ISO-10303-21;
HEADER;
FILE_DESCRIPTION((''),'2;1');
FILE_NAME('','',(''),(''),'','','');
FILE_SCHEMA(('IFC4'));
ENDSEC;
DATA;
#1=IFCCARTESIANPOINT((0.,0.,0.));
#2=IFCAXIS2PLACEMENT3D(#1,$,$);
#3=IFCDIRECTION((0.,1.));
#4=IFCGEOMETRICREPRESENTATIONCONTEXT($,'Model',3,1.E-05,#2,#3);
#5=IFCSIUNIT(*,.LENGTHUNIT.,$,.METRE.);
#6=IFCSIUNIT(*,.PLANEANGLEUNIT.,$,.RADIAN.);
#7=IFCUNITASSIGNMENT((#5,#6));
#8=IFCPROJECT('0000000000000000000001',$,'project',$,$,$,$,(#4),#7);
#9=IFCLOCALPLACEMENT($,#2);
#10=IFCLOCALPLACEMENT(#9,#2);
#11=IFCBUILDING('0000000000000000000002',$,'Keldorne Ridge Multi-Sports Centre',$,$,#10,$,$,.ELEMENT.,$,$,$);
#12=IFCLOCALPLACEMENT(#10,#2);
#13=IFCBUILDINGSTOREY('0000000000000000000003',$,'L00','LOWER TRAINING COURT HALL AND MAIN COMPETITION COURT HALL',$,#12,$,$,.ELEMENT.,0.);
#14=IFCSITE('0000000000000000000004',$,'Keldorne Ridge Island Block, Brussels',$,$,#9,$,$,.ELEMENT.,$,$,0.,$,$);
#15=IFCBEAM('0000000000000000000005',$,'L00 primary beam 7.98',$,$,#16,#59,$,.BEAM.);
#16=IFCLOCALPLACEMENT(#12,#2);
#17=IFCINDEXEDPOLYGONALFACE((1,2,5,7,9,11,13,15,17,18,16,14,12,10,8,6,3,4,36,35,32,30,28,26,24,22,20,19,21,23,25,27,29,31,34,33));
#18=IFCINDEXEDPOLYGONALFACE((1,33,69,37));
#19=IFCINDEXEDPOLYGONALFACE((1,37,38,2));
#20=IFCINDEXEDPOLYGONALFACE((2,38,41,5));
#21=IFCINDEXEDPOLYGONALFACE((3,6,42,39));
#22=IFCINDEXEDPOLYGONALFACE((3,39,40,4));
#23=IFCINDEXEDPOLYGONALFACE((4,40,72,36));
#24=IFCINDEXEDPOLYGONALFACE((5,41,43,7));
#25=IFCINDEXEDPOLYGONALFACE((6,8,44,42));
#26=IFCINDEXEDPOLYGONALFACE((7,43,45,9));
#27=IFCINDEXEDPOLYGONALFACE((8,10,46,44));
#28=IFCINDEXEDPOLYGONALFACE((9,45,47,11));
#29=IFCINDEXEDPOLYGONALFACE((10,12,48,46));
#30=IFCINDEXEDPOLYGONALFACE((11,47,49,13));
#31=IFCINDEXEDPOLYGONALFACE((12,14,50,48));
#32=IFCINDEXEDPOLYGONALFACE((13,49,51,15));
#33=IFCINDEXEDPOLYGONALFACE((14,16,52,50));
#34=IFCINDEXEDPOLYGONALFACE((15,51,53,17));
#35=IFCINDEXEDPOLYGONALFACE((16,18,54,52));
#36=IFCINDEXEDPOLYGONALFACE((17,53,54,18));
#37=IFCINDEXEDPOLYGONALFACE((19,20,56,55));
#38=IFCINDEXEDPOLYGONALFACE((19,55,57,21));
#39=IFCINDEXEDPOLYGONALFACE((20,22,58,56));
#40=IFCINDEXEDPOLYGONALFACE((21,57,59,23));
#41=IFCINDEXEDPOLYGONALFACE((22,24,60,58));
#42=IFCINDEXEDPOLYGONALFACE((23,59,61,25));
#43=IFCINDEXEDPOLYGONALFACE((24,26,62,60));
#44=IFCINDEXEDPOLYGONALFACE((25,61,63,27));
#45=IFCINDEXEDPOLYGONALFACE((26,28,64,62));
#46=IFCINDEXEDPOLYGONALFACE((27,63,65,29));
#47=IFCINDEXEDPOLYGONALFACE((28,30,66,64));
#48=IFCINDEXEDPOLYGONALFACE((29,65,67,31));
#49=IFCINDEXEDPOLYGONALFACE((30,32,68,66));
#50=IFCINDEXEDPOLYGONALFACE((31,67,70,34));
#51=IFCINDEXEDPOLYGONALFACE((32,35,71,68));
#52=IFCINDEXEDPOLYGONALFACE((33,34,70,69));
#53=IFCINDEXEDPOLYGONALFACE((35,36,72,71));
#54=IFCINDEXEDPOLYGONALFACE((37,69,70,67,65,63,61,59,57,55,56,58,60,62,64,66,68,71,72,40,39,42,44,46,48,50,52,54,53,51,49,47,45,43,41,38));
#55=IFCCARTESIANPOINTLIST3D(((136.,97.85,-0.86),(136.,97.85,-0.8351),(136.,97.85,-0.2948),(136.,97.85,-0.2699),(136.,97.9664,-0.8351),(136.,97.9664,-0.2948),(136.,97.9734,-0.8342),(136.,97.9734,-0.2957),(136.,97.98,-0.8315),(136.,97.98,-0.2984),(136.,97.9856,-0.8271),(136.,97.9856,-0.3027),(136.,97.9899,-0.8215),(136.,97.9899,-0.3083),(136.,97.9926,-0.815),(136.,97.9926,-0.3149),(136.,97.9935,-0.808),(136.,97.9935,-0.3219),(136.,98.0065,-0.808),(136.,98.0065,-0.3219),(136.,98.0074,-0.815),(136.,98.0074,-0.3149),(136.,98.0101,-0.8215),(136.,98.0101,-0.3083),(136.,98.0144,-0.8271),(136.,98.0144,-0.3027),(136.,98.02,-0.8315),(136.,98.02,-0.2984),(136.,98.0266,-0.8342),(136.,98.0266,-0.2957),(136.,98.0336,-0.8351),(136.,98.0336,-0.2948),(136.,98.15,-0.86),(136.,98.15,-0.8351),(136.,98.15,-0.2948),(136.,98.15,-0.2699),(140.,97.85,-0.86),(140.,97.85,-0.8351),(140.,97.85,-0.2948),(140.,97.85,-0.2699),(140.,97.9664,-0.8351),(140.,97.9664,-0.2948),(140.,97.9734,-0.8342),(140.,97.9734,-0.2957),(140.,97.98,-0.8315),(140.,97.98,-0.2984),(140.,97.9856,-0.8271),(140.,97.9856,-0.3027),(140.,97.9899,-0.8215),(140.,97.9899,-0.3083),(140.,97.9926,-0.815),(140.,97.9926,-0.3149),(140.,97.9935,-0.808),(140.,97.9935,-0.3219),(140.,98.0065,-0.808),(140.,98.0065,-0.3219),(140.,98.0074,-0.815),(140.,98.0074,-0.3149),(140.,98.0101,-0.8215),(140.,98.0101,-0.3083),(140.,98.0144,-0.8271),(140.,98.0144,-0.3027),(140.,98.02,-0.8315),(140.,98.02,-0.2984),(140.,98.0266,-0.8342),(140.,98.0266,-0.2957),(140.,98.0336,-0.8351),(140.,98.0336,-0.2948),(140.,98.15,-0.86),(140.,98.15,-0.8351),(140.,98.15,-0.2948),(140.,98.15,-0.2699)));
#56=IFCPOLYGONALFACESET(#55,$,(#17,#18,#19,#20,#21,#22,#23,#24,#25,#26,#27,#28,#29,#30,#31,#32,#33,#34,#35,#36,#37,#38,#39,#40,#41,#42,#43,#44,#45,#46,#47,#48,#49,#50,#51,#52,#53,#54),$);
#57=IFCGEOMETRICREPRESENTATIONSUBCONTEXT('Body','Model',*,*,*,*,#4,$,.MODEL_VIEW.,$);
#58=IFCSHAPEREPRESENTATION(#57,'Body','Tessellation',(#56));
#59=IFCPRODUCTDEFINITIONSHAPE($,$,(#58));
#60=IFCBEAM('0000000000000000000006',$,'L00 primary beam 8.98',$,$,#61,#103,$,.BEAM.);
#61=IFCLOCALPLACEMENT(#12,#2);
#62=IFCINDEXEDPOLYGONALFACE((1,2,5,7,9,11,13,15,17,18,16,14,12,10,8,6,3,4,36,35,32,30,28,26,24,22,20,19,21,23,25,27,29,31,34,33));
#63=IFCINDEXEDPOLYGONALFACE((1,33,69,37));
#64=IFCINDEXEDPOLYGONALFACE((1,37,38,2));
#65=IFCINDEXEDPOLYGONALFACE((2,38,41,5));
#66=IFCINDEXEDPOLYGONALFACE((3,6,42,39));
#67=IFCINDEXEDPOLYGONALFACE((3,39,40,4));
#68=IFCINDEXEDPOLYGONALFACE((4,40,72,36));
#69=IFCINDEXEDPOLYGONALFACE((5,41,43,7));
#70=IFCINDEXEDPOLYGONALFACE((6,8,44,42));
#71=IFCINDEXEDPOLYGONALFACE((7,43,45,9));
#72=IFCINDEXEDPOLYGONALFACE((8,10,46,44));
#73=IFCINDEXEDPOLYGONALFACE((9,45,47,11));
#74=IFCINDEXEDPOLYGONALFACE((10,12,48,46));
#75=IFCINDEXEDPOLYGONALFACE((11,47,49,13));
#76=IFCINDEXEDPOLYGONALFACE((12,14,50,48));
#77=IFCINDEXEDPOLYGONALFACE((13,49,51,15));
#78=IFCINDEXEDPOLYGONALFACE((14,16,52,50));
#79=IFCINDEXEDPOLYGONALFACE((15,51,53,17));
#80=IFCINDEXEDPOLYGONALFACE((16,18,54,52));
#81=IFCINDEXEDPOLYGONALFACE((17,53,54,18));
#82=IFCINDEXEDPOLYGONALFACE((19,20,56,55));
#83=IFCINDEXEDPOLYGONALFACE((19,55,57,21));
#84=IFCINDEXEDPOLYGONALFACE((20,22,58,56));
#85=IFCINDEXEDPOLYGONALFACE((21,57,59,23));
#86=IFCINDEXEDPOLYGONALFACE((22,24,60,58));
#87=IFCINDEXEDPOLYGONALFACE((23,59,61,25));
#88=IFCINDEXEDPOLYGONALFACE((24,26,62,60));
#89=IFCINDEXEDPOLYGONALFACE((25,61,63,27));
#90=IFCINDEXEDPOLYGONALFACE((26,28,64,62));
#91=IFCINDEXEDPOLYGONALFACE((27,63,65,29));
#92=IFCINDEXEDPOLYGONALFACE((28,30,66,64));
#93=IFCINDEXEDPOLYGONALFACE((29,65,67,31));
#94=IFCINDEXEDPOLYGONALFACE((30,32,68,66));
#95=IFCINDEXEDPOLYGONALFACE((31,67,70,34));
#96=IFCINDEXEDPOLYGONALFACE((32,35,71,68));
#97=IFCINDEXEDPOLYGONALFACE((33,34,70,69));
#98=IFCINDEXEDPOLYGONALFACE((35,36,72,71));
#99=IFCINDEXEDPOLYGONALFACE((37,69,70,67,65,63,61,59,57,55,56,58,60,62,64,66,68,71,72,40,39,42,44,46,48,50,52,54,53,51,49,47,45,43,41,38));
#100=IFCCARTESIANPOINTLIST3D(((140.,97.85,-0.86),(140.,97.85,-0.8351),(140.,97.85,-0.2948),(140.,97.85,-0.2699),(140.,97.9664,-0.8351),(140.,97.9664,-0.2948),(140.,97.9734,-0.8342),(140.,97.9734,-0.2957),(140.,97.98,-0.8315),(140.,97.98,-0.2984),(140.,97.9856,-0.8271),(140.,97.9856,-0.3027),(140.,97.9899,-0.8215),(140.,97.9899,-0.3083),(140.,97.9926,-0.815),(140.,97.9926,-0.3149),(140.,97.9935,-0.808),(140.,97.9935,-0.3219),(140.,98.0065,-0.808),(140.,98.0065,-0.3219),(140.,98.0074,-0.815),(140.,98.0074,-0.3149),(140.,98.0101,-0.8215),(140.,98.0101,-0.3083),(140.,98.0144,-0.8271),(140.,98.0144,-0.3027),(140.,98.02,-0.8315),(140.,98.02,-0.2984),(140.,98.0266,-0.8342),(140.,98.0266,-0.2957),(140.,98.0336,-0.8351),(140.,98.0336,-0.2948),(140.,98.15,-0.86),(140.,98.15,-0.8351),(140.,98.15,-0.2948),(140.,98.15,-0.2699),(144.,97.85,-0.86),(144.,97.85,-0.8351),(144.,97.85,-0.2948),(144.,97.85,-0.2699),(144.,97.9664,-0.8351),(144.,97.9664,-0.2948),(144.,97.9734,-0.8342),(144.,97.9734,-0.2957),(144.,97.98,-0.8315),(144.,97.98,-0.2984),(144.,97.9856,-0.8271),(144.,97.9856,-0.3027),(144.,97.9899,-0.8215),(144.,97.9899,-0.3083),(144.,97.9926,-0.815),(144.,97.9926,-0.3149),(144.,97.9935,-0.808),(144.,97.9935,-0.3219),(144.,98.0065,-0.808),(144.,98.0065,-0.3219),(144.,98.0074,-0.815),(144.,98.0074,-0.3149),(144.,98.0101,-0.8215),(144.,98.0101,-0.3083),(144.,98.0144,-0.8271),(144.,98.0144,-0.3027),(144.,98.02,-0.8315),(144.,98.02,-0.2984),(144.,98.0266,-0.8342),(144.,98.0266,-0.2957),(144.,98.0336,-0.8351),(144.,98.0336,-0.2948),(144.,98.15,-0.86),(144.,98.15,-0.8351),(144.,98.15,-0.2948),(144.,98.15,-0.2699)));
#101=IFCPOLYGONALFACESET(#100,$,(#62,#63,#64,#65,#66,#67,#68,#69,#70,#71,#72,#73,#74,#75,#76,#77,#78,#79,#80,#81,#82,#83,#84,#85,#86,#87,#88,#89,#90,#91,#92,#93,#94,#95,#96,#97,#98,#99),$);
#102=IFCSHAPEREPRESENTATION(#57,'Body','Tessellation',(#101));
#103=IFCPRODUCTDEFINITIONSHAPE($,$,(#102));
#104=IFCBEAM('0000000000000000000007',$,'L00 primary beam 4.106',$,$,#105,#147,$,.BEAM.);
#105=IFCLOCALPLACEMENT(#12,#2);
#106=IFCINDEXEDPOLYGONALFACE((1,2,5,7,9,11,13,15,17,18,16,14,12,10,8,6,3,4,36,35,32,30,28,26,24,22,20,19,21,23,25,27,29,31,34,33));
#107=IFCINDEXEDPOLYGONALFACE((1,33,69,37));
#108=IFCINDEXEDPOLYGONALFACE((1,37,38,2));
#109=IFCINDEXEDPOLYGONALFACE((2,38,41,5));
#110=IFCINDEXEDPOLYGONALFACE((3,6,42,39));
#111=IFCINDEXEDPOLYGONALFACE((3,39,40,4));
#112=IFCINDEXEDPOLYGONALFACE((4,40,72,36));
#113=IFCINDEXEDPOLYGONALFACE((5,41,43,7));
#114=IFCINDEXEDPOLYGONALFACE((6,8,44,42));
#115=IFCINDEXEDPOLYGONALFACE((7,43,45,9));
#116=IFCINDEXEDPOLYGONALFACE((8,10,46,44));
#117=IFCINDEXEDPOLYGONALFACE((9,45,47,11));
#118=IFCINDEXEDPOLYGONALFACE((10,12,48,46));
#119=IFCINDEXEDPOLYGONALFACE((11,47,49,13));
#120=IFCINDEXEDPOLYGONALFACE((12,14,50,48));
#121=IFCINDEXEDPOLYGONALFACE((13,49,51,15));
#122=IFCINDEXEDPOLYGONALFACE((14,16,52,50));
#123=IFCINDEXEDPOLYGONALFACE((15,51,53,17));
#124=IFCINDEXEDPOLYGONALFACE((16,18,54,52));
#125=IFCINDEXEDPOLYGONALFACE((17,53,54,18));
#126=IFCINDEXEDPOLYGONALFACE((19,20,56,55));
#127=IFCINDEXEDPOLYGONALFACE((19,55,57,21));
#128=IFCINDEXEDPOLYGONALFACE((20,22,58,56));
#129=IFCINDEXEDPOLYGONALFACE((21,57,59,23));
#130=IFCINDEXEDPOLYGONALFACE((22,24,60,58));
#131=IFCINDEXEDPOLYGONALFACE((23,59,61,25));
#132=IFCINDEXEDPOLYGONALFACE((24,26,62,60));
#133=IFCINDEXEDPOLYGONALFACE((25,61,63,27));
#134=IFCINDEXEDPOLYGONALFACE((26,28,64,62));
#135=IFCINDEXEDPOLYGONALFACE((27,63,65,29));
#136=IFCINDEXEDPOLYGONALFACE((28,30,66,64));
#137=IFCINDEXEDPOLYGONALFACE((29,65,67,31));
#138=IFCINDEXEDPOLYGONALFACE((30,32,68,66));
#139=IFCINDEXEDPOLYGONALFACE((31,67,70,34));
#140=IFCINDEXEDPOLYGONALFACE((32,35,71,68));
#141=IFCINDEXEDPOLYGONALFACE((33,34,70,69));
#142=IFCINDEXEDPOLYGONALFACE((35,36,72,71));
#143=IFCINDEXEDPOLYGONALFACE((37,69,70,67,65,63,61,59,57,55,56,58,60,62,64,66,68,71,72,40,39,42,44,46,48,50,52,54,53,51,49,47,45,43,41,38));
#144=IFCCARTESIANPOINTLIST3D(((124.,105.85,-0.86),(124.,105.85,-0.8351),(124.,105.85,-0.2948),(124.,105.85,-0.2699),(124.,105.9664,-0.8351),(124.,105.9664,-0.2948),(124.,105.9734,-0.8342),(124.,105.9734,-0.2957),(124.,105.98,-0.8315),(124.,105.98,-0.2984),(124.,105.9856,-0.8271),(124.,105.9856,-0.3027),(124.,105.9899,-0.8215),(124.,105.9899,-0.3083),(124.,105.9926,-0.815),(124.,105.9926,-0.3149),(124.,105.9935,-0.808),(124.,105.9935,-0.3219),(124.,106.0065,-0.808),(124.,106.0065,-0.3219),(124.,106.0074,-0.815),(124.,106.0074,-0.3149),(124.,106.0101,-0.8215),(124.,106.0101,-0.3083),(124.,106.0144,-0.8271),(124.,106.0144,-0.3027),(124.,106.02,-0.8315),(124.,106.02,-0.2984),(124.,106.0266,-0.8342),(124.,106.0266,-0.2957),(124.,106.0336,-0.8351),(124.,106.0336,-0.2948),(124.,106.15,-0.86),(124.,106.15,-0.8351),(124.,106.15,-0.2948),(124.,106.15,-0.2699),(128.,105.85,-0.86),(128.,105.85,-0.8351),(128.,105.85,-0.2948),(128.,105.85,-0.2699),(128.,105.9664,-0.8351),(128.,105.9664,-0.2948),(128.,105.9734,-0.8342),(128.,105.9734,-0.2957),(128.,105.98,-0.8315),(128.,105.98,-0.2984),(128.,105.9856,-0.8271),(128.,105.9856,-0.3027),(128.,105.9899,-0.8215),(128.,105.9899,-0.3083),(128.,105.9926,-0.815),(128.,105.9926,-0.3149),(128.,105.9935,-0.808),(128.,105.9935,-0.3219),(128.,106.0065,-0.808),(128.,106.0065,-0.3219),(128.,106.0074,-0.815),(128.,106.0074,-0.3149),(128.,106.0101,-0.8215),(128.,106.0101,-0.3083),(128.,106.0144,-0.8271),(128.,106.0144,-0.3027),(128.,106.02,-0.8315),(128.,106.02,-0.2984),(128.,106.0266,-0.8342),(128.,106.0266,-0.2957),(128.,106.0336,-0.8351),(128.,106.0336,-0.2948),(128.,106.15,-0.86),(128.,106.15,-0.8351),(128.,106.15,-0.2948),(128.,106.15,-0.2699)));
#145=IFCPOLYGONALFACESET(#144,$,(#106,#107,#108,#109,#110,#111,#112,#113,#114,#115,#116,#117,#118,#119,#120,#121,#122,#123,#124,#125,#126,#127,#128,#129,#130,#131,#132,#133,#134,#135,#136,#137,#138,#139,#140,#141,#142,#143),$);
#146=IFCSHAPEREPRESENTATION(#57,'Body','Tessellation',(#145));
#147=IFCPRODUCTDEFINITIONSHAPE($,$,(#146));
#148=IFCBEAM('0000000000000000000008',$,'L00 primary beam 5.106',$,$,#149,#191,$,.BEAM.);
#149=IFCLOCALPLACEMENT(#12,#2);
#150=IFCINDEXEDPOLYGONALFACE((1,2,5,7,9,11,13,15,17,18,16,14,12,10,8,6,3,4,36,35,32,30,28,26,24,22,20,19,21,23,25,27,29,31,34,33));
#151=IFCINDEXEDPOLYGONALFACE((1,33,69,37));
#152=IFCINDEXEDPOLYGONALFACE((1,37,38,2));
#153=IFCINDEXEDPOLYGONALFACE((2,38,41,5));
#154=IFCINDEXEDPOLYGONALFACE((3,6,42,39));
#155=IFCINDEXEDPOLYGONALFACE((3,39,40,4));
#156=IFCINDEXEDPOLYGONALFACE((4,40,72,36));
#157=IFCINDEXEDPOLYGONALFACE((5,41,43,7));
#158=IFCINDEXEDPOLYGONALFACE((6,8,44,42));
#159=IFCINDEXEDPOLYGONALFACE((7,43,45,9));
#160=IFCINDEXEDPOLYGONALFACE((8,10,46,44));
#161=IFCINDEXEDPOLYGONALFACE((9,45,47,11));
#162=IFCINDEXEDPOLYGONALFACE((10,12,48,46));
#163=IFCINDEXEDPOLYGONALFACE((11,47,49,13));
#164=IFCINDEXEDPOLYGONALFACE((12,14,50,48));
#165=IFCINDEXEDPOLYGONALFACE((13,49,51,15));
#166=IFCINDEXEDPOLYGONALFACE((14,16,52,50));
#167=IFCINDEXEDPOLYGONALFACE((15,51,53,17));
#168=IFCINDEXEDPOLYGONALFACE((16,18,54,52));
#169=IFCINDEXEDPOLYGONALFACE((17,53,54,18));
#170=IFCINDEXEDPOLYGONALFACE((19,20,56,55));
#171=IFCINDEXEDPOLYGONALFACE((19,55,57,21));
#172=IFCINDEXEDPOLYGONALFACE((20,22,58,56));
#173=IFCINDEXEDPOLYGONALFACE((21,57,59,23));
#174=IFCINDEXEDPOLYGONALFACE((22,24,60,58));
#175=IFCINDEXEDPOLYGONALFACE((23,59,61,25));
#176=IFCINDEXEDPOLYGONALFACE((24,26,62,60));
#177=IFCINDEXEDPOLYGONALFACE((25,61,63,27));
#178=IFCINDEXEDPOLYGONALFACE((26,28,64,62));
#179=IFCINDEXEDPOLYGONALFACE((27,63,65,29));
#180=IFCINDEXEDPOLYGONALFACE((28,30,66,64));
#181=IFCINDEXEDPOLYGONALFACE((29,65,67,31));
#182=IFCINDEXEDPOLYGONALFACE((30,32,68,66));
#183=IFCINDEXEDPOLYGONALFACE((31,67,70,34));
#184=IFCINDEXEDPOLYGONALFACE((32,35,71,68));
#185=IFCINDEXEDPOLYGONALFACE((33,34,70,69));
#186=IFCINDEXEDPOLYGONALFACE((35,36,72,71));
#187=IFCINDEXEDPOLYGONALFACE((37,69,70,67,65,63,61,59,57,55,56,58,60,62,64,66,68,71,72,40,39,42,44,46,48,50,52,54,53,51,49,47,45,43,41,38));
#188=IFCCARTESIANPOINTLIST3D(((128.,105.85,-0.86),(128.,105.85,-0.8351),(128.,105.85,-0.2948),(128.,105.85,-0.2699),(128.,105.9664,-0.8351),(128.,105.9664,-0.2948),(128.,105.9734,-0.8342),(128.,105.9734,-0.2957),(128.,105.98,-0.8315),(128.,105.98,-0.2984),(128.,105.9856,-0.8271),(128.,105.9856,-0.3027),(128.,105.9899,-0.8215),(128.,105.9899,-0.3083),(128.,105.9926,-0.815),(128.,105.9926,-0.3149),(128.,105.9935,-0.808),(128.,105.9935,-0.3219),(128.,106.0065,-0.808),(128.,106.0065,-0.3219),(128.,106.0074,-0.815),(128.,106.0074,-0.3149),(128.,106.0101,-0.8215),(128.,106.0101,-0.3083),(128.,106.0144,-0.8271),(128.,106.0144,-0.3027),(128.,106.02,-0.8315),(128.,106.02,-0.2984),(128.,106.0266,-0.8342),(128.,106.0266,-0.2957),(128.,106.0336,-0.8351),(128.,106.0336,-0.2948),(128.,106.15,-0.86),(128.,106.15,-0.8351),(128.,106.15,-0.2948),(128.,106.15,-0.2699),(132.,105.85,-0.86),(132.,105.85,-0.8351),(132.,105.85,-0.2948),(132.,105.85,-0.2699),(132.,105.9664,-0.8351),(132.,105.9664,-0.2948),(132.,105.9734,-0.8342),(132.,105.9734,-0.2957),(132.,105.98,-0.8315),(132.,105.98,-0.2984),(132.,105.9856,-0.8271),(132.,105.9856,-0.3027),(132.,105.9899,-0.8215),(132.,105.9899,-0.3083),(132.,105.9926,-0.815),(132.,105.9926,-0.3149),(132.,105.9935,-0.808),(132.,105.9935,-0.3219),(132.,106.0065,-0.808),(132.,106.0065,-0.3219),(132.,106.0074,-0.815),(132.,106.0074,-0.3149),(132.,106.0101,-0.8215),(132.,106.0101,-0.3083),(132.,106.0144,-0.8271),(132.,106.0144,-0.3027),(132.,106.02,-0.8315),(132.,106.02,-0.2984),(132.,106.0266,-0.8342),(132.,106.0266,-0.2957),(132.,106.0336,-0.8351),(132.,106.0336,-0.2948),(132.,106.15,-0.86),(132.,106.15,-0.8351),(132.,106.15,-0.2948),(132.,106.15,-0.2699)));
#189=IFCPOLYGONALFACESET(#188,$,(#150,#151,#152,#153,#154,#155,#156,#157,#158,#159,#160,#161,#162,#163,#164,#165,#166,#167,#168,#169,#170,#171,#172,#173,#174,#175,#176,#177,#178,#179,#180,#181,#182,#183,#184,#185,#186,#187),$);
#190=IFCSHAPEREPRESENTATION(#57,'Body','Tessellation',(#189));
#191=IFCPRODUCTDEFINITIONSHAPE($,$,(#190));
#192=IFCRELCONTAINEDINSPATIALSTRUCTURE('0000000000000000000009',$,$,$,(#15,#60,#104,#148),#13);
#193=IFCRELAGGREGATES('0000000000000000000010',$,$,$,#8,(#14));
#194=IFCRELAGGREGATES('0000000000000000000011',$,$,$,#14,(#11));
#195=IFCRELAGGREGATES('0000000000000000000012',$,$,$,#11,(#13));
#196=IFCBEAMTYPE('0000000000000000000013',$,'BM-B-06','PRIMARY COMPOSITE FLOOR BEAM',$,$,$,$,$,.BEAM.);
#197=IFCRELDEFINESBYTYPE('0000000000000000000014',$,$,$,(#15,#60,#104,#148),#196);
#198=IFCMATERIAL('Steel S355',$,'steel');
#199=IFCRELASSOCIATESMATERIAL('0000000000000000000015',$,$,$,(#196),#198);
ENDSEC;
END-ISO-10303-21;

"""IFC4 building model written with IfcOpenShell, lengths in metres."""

from ifc_helpers import new_model, si_unit, direction, frame, origin, origin_2d, place, context, subcontext, project, spatial, i_section, extrude, material, material_profile, profile_set, type_object, element, save


model = new_model("IFC4")

# Units and contexts
model_context = context("Model", 3, precision=1e-05, world=origin(), true_north=direction((0.0, 1.0)))
body_context = subcontext(model_context, "Body", "Model", "MODEL_VIEW")
ifc_project = project(units=[si_unit("LENGTHUNIT", "METRE"), si_unit("PLANEANGLEUNIT", "RADIAN")], contexts=[model_context])

# Site, building, storey
site_placement = place(None, origin())
site = spatial("IfcSite", under=ifc_project, at=site_placement, Name="Keldorne Ridge Island Block, Brussels", CompositionType="ELEMENT", RefElevation=0.0)
building_placement = place(site_placement, origin())
building = spatial("IfcBuilding", under=site, at=building_placement, Name="Keldorne Ridge Multi-Sports Centre", CompositionType="ELEMENT")
storey_placement = place(building_placement, origin())
storey = spatial("IfcBuildingStorey", under=building, at=storey_placement, Name="L00", Description="LOWER TRAINING COURT HALL AND MAIN COMPETITION COURT HALL", CompositionType="ELEMENT", Elevation=0.0)

# Shared definitions
ifc_material_1 = material(Name="Steel S355", Category="steel")

# Beams
ifc_material_profile_1 = material_profile(ifc_material_1, i_section(OverallWidth=0.3, OverallDepth=0.5901, WebThickness=0.0129, FlangeThickness=0.0249, FilletRadius=0.0271, at=origin_2d()), Name="HEA 600")
ifc_profile_set_1 = profile_set([ifc_material_profile_1], Name="Steel S355")
beam_type_1 = type_object("IfcBeamType", Name="BM-B-06", Description="PRIMARY COMPOSITE FLOOR BEAM", PredefinedType="BEAM", material=ifc_profile_set_1)
for number, where, z_axis, x_axis, name in (
    (1, (136.0, 98.0, -0.5649), (1.0, 0.0, 0.0), (0.0, 1.0, 0.0), "L00 primary beam 7.98"),
    (2, (140.0, 98.0, -0.5649), (1.0, 0.0, 0.0), (0.0, 1.0, 0.0), "L00 primary beam 8.98"),
    (3, (124.0, 106.0, -0.5649), (1.0, 0.0, 0.0), (0.0, 1.0, 0.0), "L00 primary beam 4.106"),
    (4, (128.0, 106.0, -0.5649), (1.0, 0.0, 0.0), (0.0, 1.0, 0.0), "L00 primary beam 5.106"),
):
    element("IfcBeam", number, at=place(storey_placement, frame(where, z_axis=z_axis, x_axis=x_axis)), inside=storey, type_object=beam_type_1, Name=name, PredefinedType="BEAM", context=body_context, shape_type="SweptSolid", body=[
        extrude(i_section(OverallWidth=0.3, OverallDepth=0.5901, WebThickness=0.0129, FlangeThickness=0.0249, FilletRadius=0.0271, at=origin_2d()), origin(), (0.0, 0.0, 1.0), 4.0),
    ])

save(model, "model.ifc")
